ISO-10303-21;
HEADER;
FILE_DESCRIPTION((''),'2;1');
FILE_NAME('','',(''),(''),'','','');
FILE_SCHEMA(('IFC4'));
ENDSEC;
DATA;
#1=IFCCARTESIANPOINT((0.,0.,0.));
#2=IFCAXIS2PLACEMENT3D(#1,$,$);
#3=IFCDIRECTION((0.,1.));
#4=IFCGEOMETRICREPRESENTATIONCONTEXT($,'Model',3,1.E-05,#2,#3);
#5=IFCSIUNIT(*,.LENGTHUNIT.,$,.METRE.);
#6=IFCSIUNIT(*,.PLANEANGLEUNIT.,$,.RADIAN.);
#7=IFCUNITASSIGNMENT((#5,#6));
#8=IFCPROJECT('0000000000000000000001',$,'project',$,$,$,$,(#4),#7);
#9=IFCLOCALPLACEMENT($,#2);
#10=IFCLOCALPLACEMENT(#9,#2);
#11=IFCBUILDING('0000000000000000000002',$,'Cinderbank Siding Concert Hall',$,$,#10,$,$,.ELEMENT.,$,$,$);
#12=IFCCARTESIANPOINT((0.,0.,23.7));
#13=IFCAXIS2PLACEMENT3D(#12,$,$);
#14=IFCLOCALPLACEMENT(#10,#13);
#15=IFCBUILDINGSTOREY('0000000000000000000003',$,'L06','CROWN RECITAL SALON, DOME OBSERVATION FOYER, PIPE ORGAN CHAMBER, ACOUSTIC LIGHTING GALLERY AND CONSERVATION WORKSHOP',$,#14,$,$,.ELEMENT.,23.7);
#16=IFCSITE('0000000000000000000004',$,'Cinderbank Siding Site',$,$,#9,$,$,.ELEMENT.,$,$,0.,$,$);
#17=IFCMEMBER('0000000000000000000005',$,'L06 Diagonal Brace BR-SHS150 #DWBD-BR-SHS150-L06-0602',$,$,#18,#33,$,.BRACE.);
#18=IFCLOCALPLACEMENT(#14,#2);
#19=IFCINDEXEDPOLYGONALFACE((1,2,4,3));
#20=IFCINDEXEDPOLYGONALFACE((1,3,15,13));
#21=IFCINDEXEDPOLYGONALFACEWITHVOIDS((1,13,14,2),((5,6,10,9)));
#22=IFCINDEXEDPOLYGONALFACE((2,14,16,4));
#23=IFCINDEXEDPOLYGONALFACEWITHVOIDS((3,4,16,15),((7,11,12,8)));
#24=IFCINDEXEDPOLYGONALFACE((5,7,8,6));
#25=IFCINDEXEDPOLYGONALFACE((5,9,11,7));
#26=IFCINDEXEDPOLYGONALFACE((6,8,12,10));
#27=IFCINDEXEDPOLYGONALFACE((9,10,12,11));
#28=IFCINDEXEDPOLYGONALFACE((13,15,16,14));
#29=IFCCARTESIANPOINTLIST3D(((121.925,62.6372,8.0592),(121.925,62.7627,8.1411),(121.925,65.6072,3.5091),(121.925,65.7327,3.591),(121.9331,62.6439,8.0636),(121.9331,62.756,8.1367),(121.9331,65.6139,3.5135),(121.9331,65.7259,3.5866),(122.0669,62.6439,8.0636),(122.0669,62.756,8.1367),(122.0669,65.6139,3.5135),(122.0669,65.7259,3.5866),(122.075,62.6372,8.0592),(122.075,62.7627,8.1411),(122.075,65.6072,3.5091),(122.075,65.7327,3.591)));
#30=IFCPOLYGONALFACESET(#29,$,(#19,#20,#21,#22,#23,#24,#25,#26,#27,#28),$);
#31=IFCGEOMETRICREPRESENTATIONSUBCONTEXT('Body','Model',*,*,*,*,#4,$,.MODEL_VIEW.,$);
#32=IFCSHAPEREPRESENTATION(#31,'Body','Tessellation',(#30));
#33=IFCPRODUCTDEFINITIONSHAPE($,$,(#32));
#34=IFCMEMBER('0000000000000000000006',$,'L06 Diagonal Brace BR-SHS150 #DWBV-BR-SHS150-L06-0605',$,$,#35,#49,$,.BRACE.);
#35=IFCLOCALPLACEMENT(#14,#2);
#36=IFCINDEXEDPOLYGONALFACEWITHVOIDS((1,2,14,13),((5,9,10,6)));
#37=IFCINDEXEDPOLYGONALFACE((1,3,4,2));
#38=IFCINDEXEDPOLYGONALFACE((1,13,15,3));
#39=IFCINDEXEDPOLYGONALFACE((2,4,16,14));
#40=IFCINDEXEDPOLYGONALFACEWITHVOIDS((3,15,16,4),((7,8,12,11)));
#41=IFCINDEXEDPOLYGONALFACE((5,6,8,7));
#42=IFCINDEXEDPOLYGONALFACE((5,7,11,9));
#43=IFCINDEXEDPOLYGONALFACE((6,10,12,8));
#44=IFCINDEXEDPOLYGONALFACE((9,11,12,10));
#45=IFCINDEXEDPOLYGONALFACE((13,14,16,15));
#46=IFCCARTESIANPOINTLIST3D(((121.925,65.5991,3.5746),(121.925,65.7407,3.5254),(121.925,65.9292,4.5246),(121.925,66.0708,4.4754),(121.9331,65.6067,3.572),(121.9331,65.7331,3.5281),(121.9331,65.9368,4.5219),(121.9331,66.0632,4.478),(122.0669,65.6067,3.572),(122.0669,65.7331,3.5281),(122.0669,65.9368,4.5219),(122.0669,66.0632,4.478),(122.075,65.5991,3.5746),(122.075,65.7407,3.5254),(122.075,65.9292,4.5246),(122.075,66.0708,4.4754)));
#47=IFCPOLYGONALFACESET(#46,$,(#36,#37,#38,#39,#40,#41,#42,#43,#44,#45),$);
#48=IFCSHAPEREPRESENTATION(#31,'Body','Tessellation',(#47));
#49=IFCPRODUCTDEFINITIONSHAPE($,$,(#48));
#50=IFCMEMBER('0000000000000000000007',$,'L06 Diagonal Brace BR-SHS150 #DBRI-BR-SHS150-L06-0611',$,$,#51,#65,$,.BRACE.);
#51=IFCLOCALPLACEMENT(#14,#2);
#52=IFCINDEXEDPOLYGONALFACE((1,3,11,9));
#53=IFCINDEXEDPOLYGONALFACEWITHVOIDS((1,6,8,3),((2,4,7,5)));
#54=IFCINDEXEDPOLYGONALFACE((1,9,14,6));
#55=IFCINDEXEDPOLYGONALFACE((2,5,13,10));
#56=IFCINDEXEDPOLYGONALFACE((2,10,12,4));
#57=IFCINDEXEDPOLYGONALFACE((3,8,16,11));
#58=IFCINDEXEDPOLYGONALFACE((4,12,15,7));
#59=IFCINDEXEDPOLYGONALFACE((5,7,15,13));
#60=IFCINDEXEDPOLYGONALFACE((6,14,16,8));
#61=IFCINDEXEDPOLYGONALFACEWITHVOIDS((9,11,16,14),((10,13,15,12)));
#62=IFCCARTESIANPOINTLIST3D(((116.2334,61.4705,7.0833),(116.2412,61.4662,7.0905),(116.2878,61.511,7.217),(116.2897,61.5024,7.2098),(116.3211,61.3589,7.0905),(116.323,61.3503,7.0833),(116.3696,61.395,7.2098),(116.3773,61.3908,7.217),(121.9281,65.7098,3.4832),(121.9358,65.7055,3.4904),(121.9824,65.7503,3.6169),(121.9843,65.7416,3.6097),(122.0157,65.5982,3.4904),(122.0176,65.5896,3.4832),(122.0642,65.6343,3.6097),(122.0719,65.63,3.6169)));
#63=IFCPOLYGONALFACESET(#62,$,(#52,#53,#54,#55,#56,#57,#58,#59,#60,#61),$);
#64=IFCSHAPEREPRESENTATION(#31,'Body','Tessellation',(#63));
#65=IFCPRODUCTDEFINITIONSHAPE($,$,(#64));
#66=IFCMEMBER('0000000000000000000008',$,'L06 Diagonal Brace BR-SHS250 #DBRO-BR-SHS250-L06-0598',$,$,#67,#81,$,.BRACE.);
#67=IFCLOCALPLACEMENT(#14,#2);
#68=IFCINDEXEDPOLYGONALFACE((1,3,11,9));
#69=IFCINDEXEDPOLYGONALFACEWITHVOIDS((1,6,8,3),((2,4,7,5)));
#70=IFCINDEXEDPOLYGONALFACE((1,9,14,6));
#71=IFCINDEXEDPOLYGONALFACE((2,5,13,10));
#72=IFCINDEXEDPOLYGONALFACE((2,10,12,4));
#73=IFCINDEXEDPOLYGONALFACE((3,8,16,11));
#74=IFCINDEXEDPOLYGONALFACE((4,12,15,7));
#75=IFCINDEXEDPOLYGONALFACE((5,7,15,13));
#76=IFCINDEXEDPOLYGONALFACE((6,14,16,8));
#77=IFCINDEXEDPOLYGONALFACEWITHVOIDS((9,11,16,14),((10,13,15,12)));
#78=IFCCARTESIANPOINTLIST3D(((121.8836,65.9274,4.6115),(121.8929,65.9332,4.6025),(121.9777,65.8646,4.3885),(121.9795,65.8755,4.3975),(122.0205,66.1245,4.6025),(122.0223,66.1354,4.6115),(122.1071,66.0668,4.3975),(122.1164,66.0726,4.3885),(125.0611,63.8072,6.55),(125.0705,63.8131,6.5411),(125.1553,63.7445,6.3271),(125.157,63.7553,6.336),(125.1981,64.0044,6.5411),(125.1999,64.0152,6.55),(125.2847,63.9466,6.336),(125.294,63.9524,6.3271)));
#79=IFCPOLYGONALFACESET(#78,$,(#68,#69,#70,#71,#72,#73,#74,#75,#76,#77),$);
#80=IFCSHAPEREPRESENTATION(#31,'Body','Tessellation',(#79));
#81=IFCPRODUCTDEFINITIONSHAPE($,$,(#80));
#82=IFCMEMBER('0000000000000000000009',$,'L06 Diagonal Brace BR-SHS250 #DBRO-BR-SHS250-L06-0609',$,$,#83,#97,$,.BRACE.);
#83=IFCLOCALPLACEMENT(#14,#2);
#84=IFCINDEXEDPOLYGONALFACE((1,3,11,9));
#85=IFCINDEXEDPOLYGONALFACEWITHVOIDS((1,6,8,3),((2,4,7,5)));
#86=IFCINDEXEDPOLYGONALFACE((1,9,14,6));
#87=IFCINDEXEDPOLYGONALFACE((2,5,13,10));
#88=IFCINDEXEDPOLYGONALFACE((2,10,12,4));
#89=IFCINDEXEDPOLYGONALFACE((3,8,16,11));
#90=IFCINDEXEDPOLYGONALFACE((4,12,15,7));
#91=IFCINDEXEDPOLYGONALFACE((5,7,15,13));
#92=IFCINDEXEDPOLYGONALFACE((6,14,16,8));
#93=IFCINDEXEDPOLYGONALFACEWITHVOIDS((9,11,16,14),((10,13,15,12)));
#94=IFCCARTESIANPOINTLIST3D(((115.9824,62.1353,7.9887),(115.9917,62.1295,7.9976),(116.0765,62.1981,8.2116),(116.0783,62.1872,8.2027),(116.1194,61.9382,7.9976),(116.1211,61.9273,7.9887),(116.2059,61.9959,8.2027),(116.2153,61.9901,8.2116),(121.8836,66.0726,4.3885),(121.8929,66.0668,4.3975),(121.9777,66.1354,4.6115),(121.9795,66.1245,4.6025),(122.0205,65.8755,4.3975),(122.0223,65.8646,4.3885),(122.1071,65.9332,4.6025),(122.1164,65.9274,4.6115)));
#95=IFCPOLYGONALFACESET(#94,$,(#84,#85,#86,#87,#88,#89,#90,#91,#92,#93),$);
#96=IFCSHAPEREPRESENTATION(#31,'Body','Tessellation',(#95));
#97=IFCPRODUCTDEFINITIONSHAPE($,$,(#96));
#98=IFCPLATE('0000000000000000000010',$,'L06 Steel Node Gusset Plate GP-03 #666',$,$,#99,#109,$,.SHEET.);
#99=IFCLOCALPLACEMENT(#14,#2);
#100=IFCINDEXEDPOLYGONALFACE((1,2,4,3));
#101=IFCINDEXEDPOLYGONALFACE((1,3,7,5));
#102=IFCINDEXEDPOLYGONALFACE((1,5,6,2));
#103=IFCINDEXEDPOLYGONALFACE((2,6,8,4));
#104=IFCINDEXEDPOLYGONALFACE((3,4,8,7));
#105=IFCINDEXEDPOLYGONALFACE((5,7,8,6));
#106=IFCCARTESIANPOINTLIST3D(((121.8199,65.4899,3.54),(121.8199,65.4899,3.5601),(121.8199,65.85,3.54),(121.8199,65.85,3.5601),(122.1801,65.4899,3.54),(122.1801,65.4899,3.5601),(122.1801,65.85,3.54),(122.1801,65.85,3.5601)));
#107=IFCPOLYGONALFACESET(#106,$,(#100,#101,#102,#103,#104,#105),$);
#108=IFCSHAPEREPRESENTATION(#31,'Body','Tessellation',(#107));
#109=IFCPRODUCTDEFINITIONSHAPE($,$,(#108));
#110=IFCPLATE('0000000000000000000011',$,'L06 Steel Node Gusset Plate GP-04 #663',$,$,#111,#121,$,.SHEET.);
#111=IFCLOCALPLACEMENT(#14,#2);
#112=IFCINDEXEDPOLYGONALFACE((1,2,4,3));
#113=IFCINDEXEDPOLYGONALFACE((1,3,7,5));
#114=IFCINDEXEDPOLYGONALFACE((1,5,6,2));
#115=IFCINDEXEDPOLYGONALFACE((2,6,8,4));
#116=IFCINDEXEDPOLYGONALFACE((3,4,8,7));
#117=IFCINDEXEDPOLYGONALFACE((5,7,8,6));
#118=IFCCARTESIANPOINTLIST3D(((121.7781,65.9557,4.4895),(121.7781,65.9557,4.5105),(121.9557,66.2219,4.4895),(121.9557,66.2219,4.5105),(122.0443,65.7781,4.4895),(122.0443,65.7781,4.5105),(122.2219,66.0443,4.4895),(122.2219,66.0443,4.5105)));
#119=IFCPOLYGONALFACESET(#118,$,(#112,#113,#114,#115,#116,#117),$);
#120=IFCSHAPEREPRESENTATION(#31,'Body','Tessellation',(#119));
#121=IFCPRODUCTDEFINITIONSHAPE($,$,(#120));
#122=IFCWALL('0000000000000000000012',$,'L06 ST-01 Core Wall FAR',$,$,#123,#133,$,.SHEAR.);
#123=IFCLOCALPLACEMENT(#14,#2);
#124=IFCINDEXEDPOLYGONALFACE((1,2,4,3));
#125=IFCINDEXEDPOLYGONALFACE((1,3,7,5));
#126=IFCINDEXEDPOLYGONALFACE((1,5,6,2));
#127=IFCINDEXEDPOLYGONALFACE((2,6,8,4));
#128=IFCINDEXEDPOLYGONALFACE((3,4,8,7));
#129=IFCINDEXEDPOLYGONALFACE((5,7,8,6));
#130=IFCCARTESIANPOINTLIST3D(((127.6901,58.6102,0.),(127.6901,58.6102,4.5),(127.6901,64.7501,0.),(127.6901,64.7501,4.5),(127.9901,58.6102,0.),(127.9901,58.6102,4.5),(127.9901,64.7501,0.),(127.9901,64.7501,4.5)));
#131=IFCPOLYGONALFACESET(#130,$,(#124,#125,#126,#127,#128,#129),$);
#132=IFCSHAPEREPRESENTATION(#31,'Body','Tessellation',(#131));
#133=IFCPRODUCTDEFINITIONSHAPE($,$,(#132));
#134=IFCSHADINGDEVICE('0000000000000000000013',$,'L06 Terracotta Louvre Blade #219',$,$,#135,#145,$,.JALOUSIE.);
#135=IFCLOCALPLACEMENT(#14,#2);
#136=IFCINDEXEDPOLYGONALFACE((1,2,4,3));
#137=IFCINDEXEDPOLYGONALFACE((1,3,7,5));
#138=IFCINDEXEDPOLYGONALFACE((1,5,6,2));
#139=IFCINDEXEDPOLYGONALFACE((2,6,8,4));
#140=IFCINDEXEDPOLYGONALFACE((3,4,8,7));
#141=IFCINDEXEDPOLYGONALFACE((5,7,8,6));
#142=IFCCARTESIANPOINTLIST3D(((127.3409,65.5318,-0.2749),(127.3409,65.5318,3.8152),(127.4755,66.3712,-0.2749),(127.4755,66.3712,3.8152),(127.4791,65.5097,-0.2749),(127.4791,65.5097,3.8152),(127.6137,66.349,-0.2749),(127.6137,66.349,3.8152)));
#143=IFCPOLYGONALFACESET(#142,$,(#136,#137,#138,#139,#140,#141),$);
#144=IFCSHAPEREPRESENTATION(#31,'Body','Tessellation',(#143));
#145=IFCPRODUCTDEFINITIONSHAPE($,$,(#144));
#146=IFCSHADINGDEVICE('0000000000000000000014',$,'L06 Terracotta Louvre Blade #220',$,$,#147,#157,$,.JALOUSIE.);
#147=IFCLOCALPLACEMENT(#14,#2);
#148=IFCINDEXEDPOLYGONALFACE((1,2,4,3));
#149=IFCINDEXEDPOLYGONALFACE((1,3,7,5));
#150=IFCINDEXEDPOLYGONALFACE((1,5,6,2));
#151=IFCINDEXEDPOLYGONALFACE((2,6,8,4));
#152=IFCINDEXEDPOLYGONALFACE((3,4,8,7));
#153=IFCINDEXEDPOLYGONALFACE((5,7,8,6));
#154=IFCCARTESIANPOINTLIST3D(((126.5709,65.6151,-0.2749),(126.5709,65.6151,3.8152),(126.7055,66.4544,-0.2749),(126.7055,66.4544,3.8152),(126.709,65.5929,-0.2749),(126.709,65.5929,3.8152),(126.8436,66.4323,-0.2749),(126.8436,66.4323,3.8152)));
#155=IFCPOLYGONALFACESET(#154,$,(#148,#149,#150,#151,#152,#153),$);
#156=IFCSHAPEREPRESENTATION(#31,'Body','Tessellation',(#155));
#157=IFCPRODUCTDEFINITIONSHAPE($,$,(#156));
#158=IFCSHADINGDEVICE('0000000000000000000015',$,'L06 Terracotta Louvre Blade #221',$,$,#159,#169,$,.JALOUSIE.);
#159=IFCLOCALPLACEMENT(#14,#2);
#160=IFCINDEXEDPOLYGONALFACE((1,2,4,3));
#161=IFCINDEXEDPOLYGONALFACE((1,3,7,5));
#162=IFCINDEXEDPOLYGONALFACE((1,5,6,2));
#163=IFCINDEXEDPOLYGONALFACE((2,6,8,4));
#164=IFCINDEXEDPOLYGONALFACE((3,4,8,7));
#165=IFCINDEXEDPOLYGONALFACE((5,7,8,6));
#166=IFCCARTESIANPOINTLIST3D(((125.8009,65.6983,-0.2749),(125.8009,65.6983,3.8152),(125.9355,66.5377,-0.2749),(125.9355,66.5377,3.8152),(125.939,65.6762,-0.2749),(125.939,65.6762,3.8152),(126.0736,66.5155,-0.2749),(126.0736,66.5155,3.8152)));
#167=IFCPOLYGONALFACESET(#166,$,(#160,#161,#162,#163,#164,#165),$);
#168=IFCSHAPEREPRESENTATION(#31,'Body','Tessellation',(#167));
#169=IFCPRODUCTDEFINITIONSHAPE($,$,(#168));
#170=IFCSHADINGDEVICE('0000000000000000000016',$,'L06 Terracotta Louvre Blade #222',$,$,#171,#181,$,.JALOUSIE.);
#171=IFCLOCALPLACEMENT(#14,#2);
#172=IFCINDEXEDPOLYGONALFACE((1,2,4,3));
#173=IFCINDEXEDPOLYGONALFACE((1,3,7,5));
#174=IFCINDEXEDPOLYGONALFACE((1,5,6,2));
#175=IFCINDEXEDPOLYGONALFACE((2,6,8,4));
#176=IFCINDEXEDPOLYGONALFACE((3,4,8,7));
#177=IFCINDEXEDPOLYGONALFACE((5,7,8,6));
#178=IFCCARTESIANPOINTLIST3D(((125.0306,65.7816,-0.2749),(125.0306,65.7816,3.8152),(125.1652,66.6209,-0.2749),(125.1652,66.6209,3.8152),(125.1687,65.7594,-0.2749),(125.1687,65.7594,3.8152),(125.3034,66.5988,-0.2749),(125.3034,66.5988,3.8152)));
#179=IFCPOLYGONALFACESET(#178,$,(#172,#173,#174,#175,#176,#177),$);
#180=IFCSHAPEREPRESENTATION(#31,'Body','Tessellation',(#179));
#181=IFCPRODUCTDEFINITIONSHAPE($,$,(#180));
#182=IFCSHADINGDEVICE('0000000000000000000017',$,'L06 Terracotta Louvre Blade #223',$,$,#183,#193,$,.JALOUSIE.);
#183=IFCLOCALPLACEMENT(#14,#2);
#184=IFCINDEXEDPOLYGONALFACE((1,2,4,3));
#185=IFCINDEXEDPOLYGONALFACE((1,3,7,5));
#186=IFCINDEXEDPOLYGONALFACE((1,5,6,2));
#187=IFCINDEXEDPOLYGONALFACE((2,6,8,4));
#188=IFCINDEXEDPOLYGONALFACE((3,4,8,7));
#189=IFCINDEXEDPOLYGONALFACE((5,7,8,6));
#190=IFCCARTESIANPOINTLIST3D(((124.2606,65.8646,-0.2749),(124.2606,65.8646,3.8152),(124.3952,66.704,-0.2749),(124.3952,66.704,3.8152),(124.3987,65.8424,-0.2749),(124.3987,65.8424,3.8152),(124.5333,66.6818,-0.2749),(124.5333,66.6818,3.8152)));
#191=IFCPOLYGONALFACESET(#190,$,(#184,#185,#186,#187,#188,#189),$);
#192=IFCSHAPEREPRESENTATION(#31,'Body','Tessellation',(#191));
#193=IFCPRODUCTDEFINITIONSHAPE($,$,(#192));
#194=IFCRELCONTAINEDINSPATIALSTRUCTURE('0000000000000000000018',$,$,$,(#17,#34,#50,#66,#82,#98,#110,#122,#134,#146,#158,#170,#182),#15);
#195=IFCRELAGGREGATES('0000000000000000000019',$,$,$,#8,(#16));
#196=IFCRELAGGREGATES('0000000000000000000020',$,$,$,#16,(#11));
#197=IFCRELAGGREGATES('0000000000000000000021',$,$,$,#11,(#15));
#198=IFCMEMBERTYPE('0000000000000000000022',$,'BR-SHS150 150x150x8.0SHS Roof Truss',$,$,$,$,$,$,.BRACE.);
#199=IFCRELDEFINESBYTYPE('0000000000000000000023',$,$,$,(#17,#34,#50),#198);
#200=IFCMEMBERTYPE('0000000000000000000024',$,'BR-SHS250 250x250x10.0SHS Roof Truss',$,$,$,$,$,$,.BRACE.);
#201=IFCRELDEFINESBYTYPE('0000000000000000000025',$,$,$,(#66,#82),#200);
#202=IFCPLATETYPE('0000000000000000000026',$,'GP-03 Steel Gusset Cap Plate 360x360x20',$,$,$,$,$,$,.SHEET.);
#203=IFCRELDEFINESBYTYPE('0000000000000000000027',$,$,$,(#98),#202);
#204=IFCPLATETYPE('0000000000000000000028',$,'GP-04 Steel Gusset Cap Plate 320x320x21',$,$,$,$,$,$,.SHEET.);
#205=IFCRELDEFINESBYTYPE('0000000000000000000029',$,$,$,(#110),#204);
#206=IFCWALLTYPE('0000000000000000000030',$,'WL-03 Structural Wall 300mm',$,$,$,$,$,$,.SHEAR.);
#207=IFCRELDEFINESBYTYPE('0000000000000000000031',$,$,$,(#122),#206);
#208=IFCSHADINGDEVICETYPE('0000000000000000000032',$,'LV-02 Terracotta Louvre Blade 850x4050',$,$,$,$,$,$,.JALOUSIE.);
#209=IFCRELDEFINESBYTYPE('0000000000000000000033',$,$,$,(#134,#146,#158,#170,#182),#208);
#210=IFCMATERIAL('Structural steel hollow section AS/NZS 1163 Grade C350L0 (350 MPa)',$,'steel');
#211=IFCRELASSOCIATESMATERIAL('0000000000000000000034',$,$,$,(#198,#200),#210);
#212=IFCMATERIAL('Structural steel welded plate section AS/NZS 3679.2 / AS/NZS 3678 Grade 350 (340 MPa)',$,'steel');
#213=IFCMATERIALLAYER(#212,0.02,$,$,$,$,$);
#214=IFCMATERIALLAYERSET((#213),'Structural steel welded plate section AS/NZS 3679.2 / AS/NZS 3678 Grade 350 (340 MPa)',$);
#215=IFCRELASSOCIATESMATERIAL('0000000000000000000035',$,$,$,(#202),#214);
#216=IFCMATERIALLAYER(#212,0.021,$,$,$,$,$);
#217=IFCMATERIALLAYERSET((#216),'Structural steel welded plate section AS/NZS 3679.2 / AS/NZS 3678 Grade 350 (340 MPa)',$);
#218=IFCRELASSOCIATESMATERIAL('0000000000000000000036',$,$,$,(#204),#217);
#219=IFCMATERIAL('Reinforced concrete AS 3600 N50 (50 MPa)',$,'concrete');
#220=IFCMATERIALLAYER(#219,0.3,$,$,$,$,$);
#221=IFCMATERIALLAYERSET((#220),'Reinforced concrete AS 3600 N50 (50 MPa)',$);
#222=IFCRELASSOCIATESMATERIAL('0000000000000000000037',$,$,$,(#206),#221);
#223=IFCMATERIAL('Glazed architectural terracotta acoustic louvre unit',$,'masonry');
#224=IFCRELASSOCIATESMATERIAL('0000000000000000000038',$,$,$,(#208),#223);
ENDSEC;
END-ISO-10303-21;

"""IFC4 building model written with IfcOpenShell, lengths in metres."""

from ifc_helpers import new_model, si_unit, direction, frame, frame_2d, origin, origin_2d, place, context, subcontext, project, spatial, rectangle, hollow_rectangle, extrude, material, layer, layer_set, material_profile, profile_set, type_object, element, save


model = new_model("IFC4")

# Units and contexts
model_context = context("Model", 3, precision=1e-05, world=origin(), true_north=direction((0.0, 1.0)))
body_context = subcontext(model_context, "Body", "Model", "MODEL_VIEW")
ifc_project = project(units=[si_unit("LENGTHUNIT", "METRE"), si_unit("PLANEANGLEUNIT", "RADIAN")], contexts=[model_context])

# Site, building, storey
site_placement = place(None, origin())
site = spatial("IfcSite", under=ifc_project, at=site_placement, Name="Cinderbank Siding Site", CompositionType="ELEMENT", RefElevation=0.0)
building_placement = place(site_placement, origin())
building = spatial("IfcBuilding", under=site, at=building_placement, Name="Cinderbank Siding Concert Hall", CompositionType="ELEMENT")
storey_placement = place(building_placement, frame((0.0, 0.0, 23.7)))
storey = spatial("IfcBuildingStorey", under=building, at=storey_placement, Name="L06", Description="CROWN RECITAL SALON, DOME OBSERVATION FOYER, PIPE ORGAN CHAMBER, ACOUSTIC LIGHTING GALLERY AND CONSERVATION WORKSHOP", CompositionType="ELEMENT", Elevation=23.7)

# Members
ifc_material_1 = material(Name="Structural steel hollow section AS/NZS 1163 Grade C350L0 (350 MPa)", Category="steel")
ifc_material_profile_1 = material_profile(ifc_material_1, hollow_rectangle(XDim=0.1499, YDim=0.1499, WallThickness=0.0081, at=origin_2d()), Name="150x150x8.0SHS", Category="LoadBearing")
ifc_profile_set_1 = profile_set([ifc_material_profile_1], Name="Structural steel hollow section AS/NZS 1163 Grade C350L0 (350 MPa)")
member_type_1 = type_object("IfcMemberType", Name="BR-SHS150 150x150x8.0SHS Roof Truss", PredefinedType="BRACE", material=ifc_profile_set_1)
member_1_placement = place(storey_placement, frame((122.0, 65.6699, 3.55), z_axis=(0.0, -0.546597, 0.837396), x_axis=(1.0, 0.0, 0.0)))
element("IfcMember", 1, at=member_1_placement, inside=storey, type_object=member_type_1, Name="L06 Diagonal Brace BR-SHS150 #DWBD-BR-SHS150-L06-0602", PredefinedType="BRACE", context=body_context, shape_type="SweptSolid", body=[
    extrude(hollow_rectangle(XDim=0.1499, YDim=0.1499, WallThickness=0.0081, at=origin_2d()), origin(), (0.0, 0.0, 1.0), 5.4336),
])
member_2_placement = place(storey_placement, frame((122.0, 65.6699, 3.55), z_axis=(0.0, 0.328219, 0.944602), x_axis=(-1.0, 0.0, 0.0)))
element("IfcMember", 2, at=member_2_placement, inside=storey, type_object=member_type_1, Name="L06 Diagonal Brace BR-SHS150 #DWBV-BR-SHS150-L06-0605", PredefinedType="BRACE", context=body_context, shape_type="SweptSolid", body=[
    extrude(hollow_rectangle(XDim=0.1499, YDim=0.1499, WallThickness=0.0081, at=origin_2d()), origin(), (0.0, 0.0, 1.0), 1.0056),
])
member_3_placement = place(storey_placement, frame((122.0, 65.6699, 3.55), z_axis=(-0.715407, -0.532576, 0.452278), x_axis=(0.59714, -0.802137, 0.0)))
element("IfcMember", 3, at=member_3_placement, inside=storey, type_object=member_type_1, Name="L06 Diagonal Brace BR-SHS150 #DBRI-BR-SHS150-L06-0611", PredefinedType="BRACE", context=body_context, shape_type="SweptSolid", body=[
    extrude(hollow_rectangle(XDim=0.1499, YDim=0.1499, WallThickness=0.0081, at=origin_2d()), origin(), (0.0, 0.0, 1.0), 7.96),
])
ifc_material_profile_2 = material_profile(ifc_material_1, hollow_rectangle(XDim=0.25, YDim=0.25, WallThickness=0.01, at=origin_2d()), Name="250x250x10.0SHS", Category="LoadBearing")
ifc_profile_set_2 = profile_set([ifc_material_profile_2], Name="Structural steel hollow section AS/NZS 1163 Grade C350L0 (350 MPa)")
member_type_2 = type_object("IfcMemberType", Name="BR-SHS250 250x250x10.0SHS Roof Truss", PredefinedType="BRACE", material=ifc_profile_set_2)
member_4_placement = place(storey_placement, frame((122.0, 66.0, 4.5), z_axis=(0.741784, -0.494941, 0.452537), x_axis=(0.555025, 0.831834, 0.0)))
element("IfcMember", 4, at=member_4_placement, inside=storey, type_object=member_type_2, Name="L06 Diagonal Brace BR-SHS250 #DBRO-BR-SHS250-L06-0598", PredefinedType="BRACE", context=body_context, shape_type="SweptSolid", body=[
    extrude(hollow_rectangle(XDim=0.25, YDim=0.25, WallThickness=0.01, at=origin_2d()), origin(), (0.0, 0.0, 1.0), 4.2837),
])
member_5_placement = place(storey_placement, frame((122.0, 66.0, 4.5), z_axis=(-0.74179, -0.494926, 0.452544), x_axis=(0.55501, -0.831844, 0.0)))
element("IfcMember", 5, at=member_5_placement, inside=storey, type_object=member_type_2, Name="L06 Diagonal Brace BR-SHS250 #DBRO-BR-SHS250-L06-0609", PredefinedType="BRACE", context=body_context, shape_type="SweptSolid", body=[
    extrude(hollow_rectangle(XDim=0.25, YDim=0.25, WallThickness=0.01, at=origin_2d()), origin(), (0.0, 0.0, 1.0), 7.9553),
])

# Plates
ifc_material_2 = material(Name="Structural steel welded plate section AS/NZS 3679.2 / AS/NZS 3678 Grade 350 (340 MPa)", Category="steel")
ifc_layer_1 = layer(ifc_material_2, 0.02)
ifc_layer_set_1 = layer_set([ifc_layer_1], Name="Structural steel welded plate section AS/NZS 3679.2 / AS/NZS 3678 Grade 350 (340 MPa)")
plate_type_1 = type_object("IfcPlateType", Name="GP-03 Steel Gusset Cap Plate 360x360x20", PredefinedType="SHEET", material=ifc_layer_set_1)
plate_1_placement = place(storey_placement, frame((122.0, 65.6699, 3.54), z_axis=(0.0, 0.0, 1.0), x_axis=(0.0, -1.0, 0.0)))
element("IfcPlate", 6, at=plate_1_placement, inside=storey, type_object=plate_type_1, Name="L06 Steel Node Gusset Plate GP-03 #666", PredefinedType="SHEET", context=body_context, shape_type="SweptSolid", body=[
    extrude(rectangle(XDim=0.3601, YDim=0.3601, at=origin_2d()), origin(), (0.0, 0.0, 1.0), 0.02),
])
ifc_layer_2 = layer(ifc_material_2, 0.021)
ifc_layer_set_2 = layer_set([ifc_layer_2], Name="Structural steel welded plate section AS/NZS 3679.2 / AS/NZS 3678 Grade 350 (340 MPa)")
plate_type_2 = type_object("IfcPlateType", Name="GP-04 Steel Gusset Cap Plate 320x320x21", PredefinedType="SHEET", material=ifc_layer_set_2)
plate_2_placement = place(storey_placement, frame((122.0, 66.0, 4.4895), z_axis=(0.0, 0.0, 1.0), x_axis=(0.831857, -0.55499, 0.0)))
element("IfcPlate", 7, at=plate_2_placement, inside=storey, type_object=plate_type_2, Name="L06 Steel Node Gusset Plate GP-04 #663", PredefinedType="SHEET", context=body_context, shape_type="SweptSolid", body=[
    extrude(rectangle(XDim=0.3201, YDim=0.3201, at=origin_2d()), origin(), (0.0, 0.0, 1.0), 0.021),
])

# Wall
ifc_material_3 = material(Name="Reinforced concrete AS 3600 N50 (50 MPa)", Category="concrete")
ifc_layer_3 = layer(ifc_material_3, 0.3)
ifc_layer_set_3 = layer_set([ifc_layer_3], Name="Reinforced concrete AS 3600 N50 (50 MPa)")
wall_type = type_object("IfcWallType", Name="WL-03 Structural Wall 300mm", PredefinedType="SHEAR", material=ifc_layer_set_3)
wall_placement = place(storey_placement, frame((127.8401, 64.75, 0.0), z_axis=(0.0, 0.0, 1.0), x_axis=(0.0, -1.0, 0.0)))
element("IfcWall", 8, at=wall_placement, inside=storey, type_object=wall_type, Name="L06 ST-01 Core Wall FAR", PredefinedType="SHEAR", context=body_context, shape_type="SweptSolid", body=[
    extrude(rectangle(XDim=6.1399, YDim=0.3, at=frame_2d((3.0698, 0.0))), origin(), (0.0, 0.0, 1.0), 4.5),
])

# Shading devices
ifc_material_4 = material(Name="Glazed architectural terracotta acoustic louvre unit", Category="masonry")
shading_device_type = type_object("IfcShadingDeviceType", Name="LV-02 Terracotta Louvre Blade 850x4050", PredefinedType="JALOUSIE", material=ifc_material_4)
for number, where, z_axis, x_axis, name in (
    (9, (127.4773, 65.9404, -0.2749), (0.0, 0.0, 1.0), (0.158354, 0.987382, 0.0), "L06 Terracotta Louvre Blade #219"),
    (10, (126.7073, 66.0237, -0.2749), (0.0, 0.0, 1.0), (0.158354, 0.987382, 0.0), "L06 Terracotta Louvre Blade #220"),
    (11, (125.9373, 66.1069, -0.2749), (0.0, 0.0, 1.0), (0.158354, 0.987382, 0.0), "L06 Terracotta Louvre Blade #221"),
    (12, (125.167, 66.1902, -0.2749), (0.0, 0.0, 1.0), (0.158354, 0.987382, 0.0), "L06 Terracotta Louvre Blade #222"),
    (13, (124.397, 66.2732, -0.2749), (0.0, 0.0, 1.0), (0.158354, 0.987382, 0.0), "L06 Terracotta Louvre Blade #223"),
):
    element("IfcShadingDevice", number, at=place(storey_placement, frame(where, z_axis=z_axis, x_axis=x_axis)), inside=storey, type_object=shading_device_type, Name=name, PredefinedType="JALOUSIE", context=body_context, shape_type="SweptSolid", body=[
        extrude(rectangle(XDim=0.8501, YDim=0.1399, at=origin_2d()), origin(), (0.0, 0.0, 1.0), 4.0901),
    ])

save(model, "model.ifc")
